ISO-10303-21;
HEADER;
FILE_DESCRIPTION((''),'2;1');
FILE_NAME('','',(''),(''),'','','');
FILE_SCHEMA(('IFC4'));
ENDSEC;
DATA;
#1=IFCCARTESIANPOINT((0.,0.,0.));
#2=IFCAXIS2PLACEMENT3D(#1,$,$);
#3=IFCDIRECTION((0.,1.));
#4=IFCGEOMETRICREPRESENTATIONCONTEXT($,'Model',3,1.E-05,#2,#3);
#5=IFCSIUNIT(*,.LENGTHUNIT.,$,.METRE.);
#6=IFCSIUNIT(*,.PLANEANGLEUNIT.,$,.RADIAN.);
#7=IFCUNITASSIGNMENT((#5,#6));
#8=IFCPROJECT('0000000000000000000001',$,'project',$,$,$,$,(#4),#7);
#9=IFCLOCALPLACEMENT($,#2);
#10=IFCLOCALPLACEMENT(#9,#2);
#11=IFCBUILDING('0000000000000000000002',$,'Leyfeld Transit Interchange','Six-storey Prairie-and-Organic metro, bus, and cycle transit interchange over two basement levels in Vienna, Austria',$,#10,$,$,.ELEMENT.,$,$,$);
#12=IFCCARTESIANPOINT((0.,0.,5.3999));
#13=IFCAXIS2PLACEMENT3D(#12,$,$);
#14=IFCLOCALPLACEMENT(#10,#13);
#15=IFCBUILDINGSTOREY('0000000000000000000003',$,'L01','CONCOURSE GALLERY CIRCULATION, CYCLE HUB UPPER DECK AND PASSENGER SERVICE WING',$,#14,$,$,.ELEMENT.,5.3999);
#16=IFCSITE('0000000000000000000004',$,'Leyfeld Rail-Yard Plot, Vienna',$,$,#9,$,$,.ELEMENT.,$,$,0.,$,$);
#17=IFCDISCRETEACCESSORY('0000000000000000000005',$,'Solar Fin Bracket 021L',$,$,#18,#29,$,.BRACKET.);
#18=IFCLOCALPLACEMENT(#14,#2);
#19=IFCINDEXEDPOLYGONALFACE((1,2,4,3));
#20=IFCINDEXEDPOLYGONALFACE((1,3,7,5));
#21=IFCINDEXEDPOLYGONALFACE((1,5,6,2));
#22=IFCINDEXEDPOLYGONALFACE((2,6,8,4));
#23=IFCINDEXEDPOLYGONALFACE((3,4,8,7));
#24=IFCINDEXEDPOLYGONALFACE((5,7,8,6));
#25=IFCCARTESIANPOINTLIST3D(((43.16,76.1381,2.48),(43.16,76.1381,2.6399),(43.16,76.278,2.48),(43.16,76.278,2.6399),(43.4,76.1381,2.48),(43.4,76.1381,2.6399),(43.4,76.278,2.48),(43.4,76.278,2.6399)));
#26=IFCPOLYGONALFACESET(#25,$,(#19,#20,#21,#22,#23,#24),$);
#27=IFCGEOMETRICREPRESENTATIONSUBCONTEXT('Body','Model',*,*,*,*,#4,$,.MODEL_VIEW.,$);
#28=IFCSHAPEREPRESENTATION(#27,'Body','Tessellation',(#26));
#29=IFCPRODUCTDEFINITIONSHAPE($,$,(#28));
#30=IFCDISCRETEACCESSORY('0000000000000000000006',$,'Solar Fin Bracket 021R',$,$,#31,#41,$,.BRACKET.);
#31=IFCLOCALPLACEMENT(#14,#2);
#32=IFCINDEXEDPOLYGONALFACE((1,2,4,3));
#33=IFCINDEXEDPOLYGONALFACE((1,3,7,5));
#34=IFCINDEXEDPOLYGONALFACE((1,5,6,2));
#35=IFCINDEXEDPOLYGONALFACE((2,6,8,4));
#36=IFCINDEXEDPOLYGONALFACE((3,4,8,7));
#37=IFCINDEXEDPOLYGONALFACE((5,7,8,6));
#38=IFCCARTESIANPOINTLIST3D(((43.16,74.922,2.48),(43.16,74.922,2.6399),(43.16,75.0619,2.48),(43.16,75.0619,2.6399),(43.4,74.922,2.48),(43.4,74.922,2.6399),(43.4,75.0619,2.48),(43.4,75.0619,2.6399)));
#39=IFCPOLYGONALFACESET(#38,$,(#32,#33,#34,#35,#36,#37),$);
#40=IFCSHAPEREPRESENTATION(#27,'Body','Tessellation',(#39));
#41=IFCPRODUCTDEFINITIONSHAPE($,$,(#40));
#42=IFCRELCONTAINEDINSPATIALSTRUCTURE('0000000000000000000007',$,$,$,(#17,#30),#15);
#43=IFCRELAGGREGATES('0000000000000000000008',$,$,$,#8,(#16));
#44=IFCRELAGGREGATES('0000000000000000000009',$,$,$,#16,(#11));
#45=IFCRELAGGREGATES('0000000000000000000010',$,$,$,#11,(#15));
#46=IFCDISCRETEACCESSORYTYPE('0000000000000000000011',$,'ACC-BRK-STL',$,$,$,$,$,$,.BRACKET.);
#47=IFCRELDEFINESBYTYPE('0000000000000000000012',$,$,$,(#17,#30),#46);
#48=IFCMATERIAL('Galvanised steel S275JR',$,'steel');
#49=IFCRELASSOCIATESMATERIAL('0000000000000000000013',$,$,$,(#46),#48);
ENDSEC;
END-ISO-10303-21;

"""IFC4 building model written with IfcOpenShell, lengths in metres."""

from ifc_helpers import new_model, si_unit, direction, frame, origin, origin_2d, place, context, subcontext, project, spatial, rectangle, extrude, material, type_object, element, save


model = new_model("IFC4")

# Units and contexts
model_context = context("Model", 3, precision=1e-05, world=origin(), true_north=direction((0.0, 1.0)))
body_context = subcontext(model_context, "Body", "Model", "MODEL_VIEW")
ifc_project = project(units=[si_unit("LENGTHUNIT", "METRE"), si_unit("PLANEANGLEUNIT", "RADIAN")], contexts=[model_context])

# Site, building, storey
site_placement = place(None, origin())
site = spatial("IfcSite", under=ifc_project, at=site_placement, Name="Leyfeld Rail-Yard Plot, Vienna", CompositionType="ELEMENT", RefElevation=0.0)
building_placement = place(site_placement, origin())
building = spatial("IfcBuilding", under=site, at=building_placement, Name="Leyfeld Transit Interchange", Description="Six-storey Prairie-and-Organic metro, bus, and cycle transit interchange over two basement levels in Vienna, Austria", CompositionType="ELEMENT")
storey_placement = place(building_placement, frame((0.0, 0.0, 5.3999)))
storey = spatial("IfcBuildingStorey", under=building, at=storey_placement, Name="L01", Description="CONCOURSE GALLERY CIRCULATION, CYCLE HUB UPPER DECK AND PASSENGER SERVICE WING", CompositionType="ELEMENT", Elevation=5.3999)

# Discrete accessories
ifc_material_1 = material(Name="Galvanised steel S275JR", Category="steel")
discrete_accessory_type = type_object("IfcDiscreteAccessoryType", Name="ACC-BRK-STL", PredefinedType="BRACKET", material=ifc_material_1)
for number, where, z_axis, x_axis, name in (
    (1, (43.28, 76.208, 2.48), (0.0, 0.0, 1.0), (0.0, -1.0, 0.0), "Solar Fin Bracket 021L"),
    (2, (43.28, 74.9919, 2.48), (0.0, 0.0, 1.0), (0.0, -1.0, 0.0), "Solar Fin Bracket 021R"),
):
    element("IfcDiscreteAccessory", number, at=place(storey_placement, frame(where, z_axis=z_axis, x_axis=x_axis)), inside=storey, type_object=discrete_accessory_type, Name=name, PredefinedType="BRACKET", context=body_context, shape_type="SweptSolid", body=[
        extrude(rectangle(XDim=0.1399, YDim=0.24, at=origin_2d()), origin(), (0.0, 0.0, 1.0), 0.1599),
    ])

save(model, "model.ifc")
